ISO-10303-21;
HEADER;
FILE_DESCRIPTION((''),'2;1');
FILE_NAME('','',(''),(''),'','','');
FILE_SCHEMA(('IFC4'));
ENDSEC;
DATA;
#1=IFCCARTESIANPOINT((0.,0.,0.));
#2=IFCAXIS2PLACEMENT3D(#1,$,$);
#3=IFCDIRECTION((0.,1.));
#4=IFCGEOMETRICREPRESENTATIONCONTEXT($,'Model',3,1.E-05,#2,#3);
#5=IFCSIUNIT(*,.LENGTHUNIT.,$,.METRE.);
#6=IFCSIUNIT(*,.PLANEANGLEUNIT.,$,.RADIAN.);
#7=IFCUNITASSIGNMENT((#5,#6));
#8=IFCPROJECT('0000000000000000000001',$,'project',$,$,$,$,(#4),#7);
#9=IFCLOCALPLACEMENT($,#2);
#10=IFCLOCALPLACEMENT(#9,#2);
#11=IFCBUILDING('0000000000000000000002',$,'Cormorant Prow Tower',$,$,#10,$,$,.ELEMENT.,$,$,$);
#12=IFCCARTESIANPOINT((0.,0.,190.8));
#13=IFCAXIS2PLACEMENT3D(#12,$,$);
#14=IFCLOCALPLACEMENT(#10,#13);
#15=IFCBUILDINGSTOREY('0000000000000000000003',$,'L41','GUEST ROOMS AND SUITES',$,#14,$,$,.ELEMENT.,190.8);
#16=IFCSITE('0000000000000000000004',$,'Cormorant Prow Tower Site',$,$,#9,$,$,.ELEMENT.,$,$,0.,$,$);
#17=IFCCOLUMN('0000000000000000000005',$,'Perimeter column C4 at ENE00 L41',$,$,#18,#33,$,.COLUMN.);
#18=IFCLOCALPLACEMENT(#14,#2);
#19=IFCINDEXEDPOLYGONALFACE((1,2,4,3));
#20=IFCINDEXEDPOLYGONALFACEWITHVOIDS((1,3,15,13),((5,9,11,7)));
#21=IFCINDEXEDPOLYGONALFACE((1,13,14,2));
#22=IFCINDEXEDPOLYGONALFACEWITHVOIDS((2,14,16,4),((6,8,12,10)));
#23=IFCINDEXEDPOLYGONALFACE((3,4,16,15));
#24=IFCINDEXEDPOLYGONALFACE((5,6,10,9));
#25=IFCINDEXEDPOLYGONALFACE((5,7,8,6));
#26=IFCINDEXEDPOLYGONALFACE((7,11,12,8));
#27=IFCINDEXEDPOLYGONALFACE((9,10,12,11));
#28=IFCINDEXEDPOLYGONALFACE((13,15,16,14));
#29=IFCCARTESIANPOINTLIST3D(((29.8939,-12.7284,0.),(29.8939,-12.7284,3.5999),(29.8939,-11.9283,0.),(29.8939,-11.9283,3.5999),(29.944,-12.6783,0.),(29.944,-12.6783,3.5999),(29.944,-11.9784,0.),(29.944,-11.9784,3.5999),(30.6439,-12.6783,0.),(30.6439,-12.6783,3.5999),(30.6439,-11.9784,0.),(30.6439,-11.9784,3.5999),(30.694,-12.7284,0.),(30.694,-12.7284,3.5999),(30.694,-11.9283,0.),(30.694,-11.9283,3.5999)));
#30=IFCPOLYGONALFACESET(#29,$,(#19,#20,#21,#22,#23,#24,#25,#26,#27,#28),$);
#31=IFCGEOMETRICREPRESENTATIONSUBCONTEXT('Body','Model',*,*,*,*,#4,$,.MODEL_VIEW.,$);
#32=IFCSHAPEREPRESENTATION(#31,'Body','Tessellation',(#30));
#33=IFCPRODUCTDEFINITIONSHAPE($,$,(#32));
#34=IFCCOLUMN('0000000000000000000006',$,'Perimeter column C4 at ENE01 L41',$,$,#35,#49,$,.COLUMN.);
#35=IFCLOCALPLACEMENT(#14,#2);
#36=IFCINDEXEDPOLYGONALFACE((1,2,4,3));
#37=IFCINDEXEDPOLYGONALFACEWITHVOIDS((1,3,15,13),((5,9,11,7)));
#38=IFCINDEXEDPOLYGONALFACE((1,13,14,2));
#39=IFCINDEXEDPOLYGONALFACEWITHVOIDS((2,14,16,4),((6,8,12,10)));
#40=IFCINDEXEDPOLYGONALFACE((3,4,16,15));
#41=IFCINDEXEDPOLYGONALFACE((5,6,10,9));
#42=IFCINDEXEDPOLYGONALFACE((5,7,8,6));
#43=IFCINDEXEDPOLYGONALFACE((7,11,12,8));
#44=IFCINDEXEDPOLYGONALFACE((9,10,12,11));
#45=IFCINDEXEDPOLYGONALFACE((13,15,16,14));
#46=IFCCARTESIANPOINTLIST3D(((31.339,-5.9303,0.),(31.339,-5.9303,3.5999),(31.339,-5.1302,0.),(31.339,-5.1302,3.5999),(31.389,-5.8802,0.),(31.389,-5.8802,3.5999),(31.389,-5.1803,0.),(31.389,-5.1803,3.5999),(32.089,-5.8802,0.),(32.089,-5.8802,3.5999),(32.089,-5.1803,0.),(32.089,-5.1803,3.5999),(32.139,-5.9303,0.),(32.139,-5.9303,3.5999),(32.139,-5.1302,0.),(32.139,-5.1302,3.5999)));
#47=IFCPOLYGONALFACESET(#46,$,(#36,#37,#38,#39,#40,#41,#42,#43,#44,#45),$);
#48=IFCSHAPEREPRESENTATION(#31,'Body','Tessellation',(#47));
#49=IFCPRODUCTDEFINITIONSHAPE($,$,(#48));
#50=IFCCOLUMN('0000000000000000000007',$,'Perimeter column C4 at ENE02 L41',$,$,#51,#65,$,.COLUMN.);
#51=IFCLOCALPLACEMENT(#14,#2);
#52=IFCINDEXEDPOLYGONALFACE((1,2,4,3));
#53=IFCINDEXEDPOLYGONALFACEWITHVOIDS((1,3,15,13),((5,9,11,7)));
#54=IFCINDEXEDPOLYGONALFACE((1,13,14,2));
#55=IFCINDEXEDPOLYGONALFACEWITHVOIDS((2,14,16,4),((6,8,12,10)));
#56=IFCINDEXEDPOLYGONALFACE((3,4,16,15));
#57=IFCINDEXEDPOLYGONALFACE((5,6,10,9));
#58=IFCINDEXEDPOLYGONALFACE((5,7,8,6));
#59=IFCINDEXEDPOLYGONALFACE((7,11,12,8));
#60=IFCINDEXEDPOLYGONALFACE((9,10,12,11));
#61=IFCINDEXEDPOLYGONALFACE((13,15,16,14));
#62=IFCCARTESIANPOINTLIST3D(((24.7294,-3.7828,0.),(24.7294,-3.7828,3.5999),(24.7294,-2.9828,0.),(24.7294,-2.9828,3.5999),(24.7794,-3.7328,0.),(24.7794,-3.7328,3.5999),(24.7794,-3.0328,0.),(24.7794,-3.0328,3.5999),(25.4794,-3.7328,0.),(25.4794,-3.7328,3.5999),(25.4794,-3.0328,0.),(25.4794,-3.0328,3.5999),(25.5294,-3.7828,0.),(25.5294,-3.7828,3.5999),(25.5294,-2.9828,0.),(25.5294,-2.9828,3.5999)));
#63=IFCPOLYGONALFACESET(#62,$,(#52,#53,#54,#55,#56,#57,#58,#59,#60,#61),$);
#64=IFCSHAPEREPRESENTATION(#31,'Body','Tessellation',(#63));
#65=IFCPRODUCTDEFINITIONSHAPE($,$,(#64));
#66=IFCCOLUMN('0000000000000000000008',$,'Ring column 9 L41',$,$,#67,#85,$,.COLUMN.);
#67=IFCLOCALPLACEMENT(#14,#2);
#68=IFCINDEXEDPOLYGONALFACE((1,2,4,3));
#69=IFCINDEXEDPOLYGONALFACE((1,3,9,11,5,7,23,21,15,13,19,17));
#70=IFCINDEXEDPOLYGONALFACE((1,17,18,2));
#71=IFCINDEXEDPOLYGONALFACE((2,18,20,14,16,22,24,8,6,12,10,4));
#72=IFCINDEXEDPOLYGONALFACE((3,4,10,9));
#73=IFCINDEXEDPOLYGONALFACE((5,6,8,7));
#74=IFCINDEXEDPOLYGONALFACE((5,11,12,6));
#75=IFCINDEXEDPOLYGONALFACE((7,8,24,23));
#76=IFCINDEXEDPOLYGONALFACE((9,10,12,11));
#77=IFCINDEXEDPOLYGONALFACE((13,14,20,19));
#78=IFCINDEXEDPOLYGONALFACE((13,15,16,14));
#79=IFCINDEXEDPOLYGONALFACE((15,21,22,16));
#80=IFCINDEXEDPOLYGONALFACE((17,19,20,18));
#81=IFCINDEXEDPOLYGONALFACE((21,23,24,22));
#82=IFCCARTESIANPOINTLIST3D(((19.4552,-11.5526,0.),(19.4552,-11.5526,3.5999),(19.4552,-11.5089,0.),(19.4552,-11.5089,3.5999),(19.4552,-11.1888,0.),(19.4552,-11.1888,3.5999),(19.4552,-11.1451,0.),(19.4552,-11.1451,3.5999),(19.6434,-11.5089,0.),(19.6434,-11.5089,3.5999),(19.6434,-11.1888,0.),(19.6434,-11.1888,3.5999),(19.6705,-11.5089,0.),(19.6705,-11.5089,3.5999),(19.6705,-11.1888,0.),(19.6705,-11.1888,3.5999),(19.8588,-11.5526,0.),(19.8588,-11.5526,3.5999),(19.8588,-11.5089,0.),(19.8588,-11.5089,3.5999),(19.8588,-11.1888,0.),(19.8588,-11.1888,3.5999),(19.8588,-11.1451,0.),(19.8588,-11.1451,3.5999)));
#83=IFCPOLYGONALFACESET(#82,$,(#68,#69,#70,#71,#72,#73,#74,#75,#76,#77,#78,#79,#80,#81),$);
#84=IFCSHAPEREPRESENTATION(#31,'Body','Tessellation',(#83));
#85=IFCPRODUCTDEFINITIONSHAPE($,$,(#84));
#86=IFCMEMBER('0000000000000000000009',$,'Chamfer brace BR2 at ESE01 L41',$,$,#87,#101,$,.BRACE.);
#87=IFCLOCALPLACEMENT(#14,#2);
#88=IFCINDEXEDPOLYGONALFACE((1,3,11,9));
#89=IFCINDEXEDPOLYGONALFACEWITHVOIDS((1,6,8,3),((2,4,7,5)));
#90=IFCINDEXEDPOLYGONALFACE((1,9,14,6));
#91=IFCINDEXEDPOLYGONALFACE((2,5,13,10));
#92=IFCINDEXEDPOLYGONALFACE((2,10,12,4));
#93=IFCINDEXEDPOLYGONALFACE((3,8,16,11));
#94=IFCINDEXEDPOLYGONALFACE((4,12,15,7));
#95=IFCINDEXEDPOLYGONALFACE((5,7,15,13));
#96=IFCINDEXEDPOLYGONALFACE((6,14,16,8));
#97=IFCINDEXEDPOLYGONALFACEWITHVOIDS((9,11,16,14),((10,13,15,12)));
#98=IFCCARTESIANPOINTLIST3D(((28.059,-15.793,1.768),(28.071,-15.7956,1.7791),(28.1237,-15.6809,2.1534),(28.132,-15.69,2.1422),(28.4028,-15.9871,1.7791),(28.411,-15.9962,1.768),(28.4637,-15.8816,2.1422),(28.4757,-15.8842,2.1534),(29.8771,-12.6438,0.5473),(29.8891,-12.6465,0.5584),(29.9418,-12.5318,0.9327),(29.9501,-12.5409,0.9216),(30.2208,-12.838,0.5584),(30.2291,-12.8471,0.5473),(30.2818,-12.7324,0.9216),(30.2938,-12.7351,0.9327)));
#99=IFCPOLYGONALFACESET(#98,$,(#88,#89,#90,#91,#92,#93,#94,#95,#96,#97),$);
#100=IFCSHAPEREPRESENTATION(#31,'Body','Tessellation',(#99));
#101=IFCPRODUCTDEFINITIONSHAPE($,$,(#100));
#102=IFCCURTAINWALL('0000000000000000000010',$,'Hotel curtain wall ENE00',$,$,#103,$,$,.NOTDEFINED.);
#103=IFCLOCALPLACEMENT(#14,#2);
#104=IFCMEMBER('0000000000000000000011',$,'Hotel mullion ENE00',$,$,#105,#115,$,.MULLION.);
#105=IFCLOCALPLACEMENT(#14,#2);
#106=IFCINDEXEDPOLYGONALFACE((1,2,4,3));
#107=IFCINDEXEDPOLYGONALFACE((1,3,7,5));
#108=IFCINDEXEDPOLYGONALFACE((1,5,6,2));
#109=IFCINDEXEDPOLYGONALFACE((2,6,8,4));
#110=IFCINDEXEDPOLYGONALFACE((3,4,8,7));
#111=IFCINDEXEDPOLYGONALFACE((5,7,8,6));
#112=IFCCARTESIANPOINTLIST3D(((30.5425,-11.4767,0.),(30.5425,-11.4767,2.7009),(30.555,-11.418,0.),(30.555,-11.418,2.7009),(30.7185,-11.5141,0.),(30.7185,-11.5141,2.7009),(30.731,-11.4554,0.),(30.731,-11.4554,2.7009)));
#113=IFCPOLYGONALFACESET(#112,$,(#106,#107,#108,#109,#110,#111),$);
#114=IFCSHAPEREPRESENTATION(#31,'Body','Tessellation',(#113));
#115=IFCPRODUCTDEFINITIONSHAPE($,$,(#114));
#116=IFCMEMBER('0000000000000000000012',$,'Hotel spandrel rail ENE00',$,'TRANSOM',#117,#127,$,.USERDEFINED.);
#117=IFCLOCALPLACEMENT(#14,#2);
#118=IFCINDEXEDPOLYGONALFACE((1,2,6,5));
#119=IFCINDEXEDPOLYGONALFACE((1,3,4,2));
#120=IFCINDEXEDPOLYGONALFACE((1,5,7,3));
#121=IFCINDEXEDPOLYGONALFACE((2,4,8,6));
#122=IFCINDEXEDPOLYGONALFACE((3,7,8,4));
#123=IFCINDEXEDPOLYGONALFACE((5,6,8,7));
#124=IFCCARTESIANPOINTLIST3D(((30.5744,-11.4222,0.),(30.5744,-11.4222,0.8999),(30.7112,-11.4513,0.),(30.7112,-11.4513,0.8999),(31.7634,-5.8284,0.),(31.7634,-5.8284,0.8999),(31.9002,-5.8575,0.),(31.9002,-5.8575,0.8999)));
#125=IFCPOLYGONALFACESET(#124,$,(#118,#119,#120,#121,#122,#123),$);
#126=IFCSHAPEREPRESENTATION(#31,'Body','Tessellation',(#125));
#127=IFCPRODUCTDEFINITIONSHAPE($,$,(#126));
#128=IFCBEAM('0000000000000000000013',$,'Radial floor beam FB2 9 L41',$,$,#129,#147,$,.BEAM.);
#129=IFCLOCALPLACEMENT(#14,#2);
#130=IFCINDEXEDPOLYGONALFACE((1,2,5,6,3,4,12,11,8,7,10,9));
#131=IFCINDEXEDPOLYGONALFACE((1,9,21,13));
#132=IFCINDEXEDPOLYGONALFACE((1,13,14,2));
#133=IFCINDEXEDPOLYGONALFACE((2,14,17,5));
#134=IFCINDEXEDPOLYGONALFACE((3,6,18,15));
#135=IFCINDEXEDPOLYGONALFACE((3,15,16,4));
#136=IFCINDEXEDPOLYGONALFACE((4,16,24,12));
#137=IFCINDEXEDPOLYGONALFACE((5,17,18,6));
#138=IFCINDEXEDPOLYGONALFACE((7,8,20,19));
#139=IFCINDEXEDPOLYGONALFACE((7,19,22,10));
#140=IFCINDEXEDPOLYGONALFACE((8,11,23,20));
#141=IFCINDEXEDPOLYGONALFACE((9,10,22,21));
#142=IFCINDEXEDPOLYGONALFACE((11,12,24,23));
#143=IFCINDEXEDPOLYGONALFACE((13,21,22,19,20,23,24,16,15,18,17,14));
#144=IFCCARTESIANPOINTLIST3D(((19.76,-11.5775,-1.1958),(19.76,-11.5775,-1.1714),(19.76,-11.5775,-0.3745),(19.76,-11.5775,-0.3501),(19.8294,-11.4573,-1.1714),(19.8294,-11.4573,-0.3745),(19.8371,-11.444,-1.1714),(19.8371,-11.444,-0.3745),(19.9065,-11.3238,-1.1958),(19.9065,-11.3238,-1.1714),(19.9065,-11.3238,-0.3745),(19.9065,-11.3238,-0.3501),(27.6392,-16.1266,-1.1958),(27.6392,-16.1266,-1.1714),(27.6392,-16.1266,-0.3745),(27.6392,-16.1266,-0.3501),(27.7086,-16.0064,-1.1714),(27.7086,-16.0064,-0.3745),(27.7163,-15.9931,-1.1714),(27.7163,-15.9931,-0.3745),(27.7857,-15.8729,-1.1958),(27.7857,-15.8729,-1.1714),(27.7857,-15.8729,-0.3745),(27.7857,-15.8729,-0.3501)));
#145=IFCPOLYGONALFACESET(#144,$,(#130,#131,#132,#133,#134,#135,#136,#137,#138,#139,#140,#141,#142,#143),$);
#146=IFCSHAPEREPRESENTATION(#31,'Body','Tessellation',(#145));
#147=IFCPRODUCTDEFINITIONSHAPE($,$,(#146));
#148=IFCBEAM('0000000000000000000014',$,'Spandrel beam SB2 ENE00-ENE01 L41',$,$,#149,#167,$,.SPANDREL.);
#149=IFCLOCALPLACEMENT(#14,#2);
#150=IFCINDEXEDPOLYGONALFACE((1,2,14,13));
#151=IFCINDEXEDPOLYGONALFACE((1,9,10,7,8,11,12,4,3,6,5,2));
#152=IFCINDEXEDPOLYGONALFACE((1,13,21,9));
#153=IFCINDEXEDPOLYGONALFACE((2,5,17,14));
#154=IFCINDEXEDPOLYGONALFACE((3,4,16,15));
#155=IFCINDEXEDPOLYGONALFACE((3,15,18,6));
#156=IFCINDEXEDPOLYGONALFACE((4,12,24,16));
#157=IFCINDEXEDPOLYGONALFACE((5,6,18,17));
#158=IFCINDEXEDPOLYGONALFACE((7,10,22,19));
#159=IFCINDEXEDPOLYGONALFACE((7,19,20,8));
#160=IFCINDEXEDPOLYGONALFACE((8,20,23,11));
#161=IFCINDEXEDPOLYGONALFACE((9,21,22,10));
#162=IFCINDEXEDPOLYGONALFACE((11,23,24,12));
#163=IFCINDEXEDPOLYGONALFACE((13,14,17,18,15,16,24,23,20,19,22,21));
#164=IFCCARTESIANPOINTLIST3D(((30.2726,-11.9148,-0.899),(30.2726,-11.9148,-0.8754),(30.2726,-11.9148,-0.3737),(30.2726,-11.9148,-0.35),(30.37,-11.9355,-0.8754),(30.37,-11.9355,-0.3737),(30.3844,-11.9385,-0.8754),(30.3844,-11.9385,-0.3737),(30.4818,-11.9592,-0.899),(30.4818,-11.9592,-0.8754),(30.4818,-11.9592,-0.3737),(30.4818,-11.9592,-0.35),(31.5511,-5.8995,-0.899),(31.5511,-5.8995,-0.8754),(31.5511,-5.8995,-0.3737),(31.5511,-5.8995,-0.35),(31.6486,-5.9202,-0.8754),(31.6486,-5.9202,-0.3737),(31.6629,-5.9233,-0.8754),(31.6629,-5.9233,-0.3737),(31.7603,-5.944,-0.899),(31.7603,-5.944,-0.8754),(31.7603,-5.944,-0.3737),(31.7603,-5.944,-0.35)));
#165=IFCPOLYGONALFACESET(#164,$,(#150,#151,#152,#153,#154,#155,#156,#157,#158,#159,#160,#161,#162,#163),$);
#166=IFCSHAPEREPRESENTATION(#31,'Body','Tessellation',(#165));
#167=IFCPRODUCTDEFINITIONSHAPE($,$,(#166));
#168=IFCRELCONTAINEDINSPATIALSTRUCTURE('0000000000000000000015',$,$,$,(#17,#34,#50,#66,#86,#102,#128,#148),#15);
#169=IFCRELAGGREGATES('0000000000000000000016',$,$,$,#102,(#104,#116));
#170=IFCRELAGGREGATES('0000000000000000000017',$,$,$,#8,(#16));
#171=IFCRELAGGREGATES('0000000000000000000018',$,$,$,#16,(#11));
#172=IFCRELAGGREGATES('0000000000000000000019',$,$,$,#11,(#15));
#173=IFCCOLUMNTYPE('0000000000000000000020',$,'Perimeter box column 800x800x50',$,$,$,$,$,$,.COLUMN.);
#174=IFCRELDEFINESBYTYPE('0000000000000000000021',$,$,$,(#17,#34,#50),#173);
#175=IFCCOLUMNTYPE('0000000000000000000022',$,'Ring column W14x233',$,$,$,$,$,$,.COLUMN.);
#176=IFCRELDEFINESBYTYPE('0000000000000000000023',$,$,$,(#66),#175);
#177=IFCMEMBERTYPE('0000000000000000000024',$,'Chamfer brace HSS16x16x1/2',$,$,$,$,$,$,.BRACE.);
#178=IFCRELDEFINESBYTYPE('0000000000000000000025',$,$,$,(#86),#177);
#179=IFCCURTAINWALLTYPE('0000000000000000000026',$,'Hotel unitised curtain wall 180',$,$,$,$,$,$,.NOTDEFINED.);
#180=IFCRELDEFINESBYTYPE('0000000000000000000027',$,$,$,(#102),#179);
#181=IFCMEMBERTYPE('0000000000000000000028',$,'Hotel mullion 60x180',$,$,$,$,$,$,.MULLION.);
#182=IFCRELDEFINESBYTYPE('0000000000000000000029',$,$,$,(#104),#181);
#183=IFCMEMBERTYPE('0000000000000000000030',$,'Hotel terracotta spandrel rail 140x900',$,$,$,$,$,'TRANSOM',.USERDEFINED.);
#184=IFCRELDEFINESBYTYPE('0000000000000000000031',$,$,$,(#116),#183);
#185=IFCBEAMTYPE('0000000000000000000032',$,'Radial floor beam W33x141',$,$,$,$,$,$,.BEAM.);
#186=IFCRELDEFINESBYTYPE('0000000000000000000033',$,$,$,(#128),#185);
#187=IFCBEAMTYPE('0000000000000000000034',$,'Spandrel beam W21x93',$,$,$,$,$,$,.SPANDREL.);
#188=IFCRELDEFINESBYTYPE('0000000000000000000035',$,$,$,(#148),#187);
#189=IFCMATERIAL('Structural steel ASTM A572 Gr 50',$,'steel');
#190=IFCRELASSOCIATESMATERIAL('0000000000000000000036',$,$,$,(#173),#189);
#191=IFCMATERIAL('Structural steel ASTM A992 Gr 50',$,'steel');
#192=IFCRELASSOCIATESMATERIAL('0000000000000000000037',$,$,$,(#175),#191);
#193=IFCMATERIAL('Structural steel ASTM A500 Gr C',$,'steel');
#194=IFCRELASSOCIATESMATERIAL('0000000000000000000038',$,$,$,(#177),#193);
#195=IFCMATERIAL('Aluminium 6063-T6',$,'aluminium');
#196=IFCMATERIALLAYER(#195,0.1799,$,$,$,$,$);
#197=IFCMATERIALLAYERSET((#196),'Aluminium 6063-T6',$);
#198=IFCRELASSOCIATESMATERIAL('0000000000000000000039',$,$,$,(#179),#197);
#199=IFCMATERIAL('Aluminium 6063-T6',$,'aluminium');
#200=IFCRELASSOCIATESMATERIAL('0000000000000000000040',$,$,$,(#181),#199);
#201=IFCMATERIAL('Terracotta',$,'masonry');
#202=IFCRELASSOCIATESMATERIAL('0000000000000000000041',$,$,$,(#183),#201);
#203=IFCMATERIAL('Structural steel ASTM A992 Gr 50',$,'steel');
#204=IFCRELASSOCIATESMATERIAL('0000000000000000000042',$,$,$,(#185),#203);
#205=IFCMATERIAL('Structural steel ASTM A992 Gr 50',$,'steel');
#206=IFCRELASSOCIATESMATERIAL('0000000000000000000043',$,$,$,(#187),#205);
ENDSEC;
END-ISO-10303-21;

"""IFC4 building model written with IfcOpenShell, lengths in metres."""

from ifc_helpers import new_model, si_unit, direction, frame, origin, origin_2d, place, context, subcontext, project, spatial, rectangle, hollow_rectangle, i_section, extrude, material, layer, layer_set, material_profile, profile_set, type_object, element, aggregate, save


model = new_model("IFC4")

# Units and contexts
model_context = context("Model", 3, precision=1e-05, world=origin(), true_north=direction((0.0, 1.0)))
body_context = subcontext(model_context, "Body", "Model", "MODEL_VIEW")
ifc_project = project(units=[si_unit("LENGTHUNIT", "METRE"), si_unit("PLANEANGLEUNIT", "RADIAN")], contexts=[model_context])

# Site, building, storey
site_placement = place(None, origin())
site = spatial("IfcSite", under=ifc_project, at=site_placement, Name="Cormorant Prow Tower Site", CompositionType="ELEMENT", RefElevation=0.0)
building_placement = place(site_placement, origin())
building = spatial("IfcBuilding", under=site, at=building_placement, Name="Cormorant Prow Tower", CompositionType="ELEMENT")
storey_placement = place(building_placement, frame((0.0, 0.0, 190.8)))
storey = spatial("IfcBuildingStorey", under=building, at=storey_placement, Name="L41", Description="GUEST ROOMS AND SUITES", CompositionType="ELEMENT", Elevation=190.8)

# Columns
ifc_material_1 = material(Name="Structural steel ASTM A572 Gr 50", Category="steel")
ifc_material_profile_1 = material_profile(ifc_material_1, hollow_rectangle(XDim=0.8, YDim=0.8, WallThickness=0.05, at=origin_2d()), Name="Box 800x800x50")
ifc_profile_set_1 = profile_set([ifc_material_profile_1], Name="Structural steel ASTM A572 Gr 50")
column_type_1 = type_object("IfcColumnType", Name="Perimeter box column 800x800x50", PredefinedType="COLUMN", material=ifc_profile_set_1)
for number, where, z_axis, x_axis, name in (
    (1, (30.2939, -12.3284, 0.0), (0.0, 0.0, 1.0), (1.0, 0.0, 0.0), "Perimeter column C4 at ENE00 L41"),
    (2, (31.739, -5.5303, 0.0), (0.0, 0.0, 1.0), (1.0, 0.0, 0.0), "Perimeter column C4 at ENE01 L41"),
    (3, (25.1294, -3.3828, 0.0), (0.0, 0.0, 1.0), (1.0, 0.0, 0.0), "Perimeter column C4 at ENE02 L41"),
):
    element("IfcColumn", number, at=place(storey_placement, frame(where, z_axis=z_axis, x_axis=x_axis)), inside=storey, type_object=column_type_1, Name=name, PredefinedType="COLUMN", context=body_context, shape_type="SweptSolid", body=[
        extrude(hollow_rectangle(XDim=0.8, YDim=0.8, WallThickness=0.05, at=origin_2d()), origin(), (0.0, 0.0, 1.0), 3.5999),
    ])
ifc_material_2 = material(Name="Structural steel ASTM A992 Gr 50", Category="steel")
ifc_material_profile_2 = material_profile(ifc_material_2, i_section(OverallWidth=0.4036, OverallDepth=0.4075, WebThickness=0.0271, FlangeThickness=0.0437, at=origin_2d()), Name="W14x233")
ifc_profile_set_2 = profile_set([ifc_material_profile_2], Name="Structural steel ASTM A992 Gr 50")
column_type_2 = type_object("IfcColumnType", Name="Ring column W14x233", PredefinedType="COLUMN", material=ifc_profile_set_2)
column_placement = place(storey_placement, frame((19.657, -11.3489, 0.0), z_axis=(0.0, 0.0, 1.0), x_axis=(1.0, 0.0, 0.0)))
element("IfcColumn", 4, at=column_placement, inside=storey, type_object=column_type_2, Name="Ring column 9 L41", PredefinedType="COLUMN", context=body_context, shape_type="SweptSolid", body=[
    extrude(i_section(OverallWidth=0.4036, OverallDepth=0.4075, WebThickness=0.0271, FlangeThickness=0.0437, at=origin_2d()), origin(), (0.0, 0.0, 1.0), 3.5999),
])

# Member
ifc_material_3 = material(Name="Structural steel ASTM A500 Gr C", Category="steel")
ifc_material_profile_3 = material_profile(ifc_material_3, hollow_rectangle(XDim=0.4065, YDim=0.4065, WallThickness=0.0117, at=origin_2d()), Name="HSS16x16x1/2")
ifc_profile_set_3 = profile_set([ifc_material_profile_3], Name="Structural steel ASTM A500 Gr C")
member_type_1 = type_object("IfcMemberType", Name="Chamfer brace HSS16x16x1/2", PredefinedType="BRACE", material=ifc_profile_set_3)
member_1_placement = place(storey_placement, frame((30.0854, -12.6895, 0.74), z_axis=(-0.473993, -0.821006, 0.318244), x_axis=(0.866032, -0.499988, 0.0)))
element("IfcMember", 5, at=member_1_placement, inside=storey, type_object=member_type_1, Name="Chamfer brace BR2 at ESE01 L41", PredefinedType="BRACE", context=body_context, shape_type="SweptSolid", body=[
    extrude(hollow_rectangle(XDim=0.4065, YDim=0.4065, WallThickness=0.0117, at=origin_2d()), origin(), (0.0, 0.0, 1.0), 3.8357),
])

# Curtain wall, members
ifc_material_4 = material(Name="Aluminium 6063-T6", Category="aluminium")
ifc_layer_1 = layer(ifc_material_4, 0.1799)
ifc_layer_set_1 = layer_set([ifc_layer_1], Name="Aluminium 6063-T6")
curtain_wall_type = type_object("IfcCurtainWallType", Name="Hotel unitised curtain wall 180", PredefinedType="NOTDEFINED", material=ifc_layer_set_1)
curtain_wall_placement = place(storey_placement, origin())
curtain_wall = element("IfcCurtainWall", 6, at=curtain_wall_placement, inside=storey, type_object=curtain_wall_type, Name="Hotel curtain wall ENE00", PredefinedType="NOTDEFINED")
ifc_material_5 = material(Name="Aluminium 6063-T6", Category="aluminium")
ifc_material_profile_4 = material_profile(ifc_material_5, rectangle(XDim=0.1799, YDim=0.0601, at=origin_2d()), Name="Hotel mullion 60x180")
ifc_profile_set_4 = profile_set([ifc_material_profile_4], Name="Aluminium 6063-T6")
member_type_2 = type_object("IfcMemberType", Name="Hotel mullion 60x180", PredefinedType="MULLION", material=ifc_profile_set_4)
member_2_placement = place(storey_placement, frame((30.6367, -11.4661, 0.0), z_axis=(0.0, 0.0, 1.0), x_axis=(-0.978148, 0.207912, 0.0)))
member_2 = element("IfcMember", 7, at=member_2_placement, type_object=member_type_2, Name="Hotel mullion ENE00", PredefinedType="MULLION", context=body_context, shape_type="SweptSolid", body=[
    extrude(rectangle(XDim=0.1799, YDim=0.0601, at=origin_2d()), origin(), (0.0, 0.0, 1.0), 2.7009),
])
ifc_material_6 = material(Name="Terracotta", Category="masonry")
ifc_material_profile_5 = material_profile(ifc_material_6, rectangle(XDim=0.1399, YDim=0.8999, at=origin_2d()), Name="Hotel terracotta spandrel rail 140x900")
ifc_profile_set_5 = profile_set([ifc_material_profile_5], Name="Terracotta")
member_type_3 = type_object("IfcMemberType", Name="Hotel terracotta spandrel rail 140x900", ElementType="TRANSOM", PredefinedType="USERDEFINED", material=ifc_profile_set_5)
member_3_placement = place(storey_placement, frame((30.6428, -11.4368, 0.45), z_axis=(0.207908, 0.978148, 0.0), x_axis=(-0.978148, 0.207908, 0.0)))
member_3 = element("IfcMember", 8, at=member_3_placement, type_object=member_type_3, Name="Hotel spandrel rail ENE00", ObjectType="TRANSOM", PredefinedType="USERDEFINED", context=body_context, shape_type="SweptSolid", body=[
    extrude(rectangle(XDim=0.1399, YDim=0.8999, at=origin_2d()), origin(), (0.0, 0.0, 1.0), 5.7188),
])

# Beams
ifc_material_7 = material(Name="Structural steel ASTM A992 Gr 50", Category="steel")
ifc_material_profile_6 = material_profile(ifc_material_7, i_section(OverallWidth=0.293, OverallDepth=0.8457, WebThickness=0.0154, FlangeThickness=0.0244, at=origin_2d()), Name="W33x141")
ifc_profile_set_6 = profile_set([ifc_material_profile_6], Name="Structural steel ASTM A992 Gr 50")
beam_type_1 = type_object("IfcBeamType", Name="Radial floor beam W33x141", PredefinedType="BEAM", material=ifc_profile_set_6)
beam_1_placement = place(storey_placement, frame((19.8333, -11.4507, -0.7729), z_axis=(0.866023, -0.500004, 0.0), x_axis=(0.500004, 0.866023, 0.0)))
element("IfcBeam", 9, at=beam_1_placement, inside=storey, type_object=beam_type_1, Name="Radial floor beam FB2 9 L41", PredefinedType="BEAM", context=body_context, shape_type="SweptSolid", body=[
    extrude(i_section(OverallWidth=0.293, OverallDepth=0.8457, WebThickness=0.0154, FlangeThickness=0.0244, at=origin_2d()), origin(), (0.0, 0.0, 1.0), 9.0981),
])
ifc_material_8 = material(Name="Structural steel ASTM A992 Gr 50", Category="steel")
ifc_material_profile_7 = material_profile(ifc_material_8, i_section(OverallWidth=0.2139, OverallDepth=0.5491, WebThickness=0.0146, FlangeThickness=0.0237, at=origin_2d()), Name="W21x93")
ifc_profile_set_7 = profile_set([ifc_material_profile_7], Name="Structural steel ASTM A992 Gr 50")
beam_type_2 = type_object("IfcBeamType", Name="Spandrel beam W21x93", PredefinedType="SPANDREL", material=ifc_profile_set_7)
beam_2_placement = place(storey_placement, frame((30.3772, -11.937, -0.6245), z_axis=(0.207905, 0.978149, 0.0), x_axis=(-0.978149, 0.207905, 0.0)))
element("IfcBeam", 10, at=beam_2_placement, inside=storey, type_object=beam_type_2, Name="Spandrel beam SB2 ENE00-ENE01 L41", PredefinedType="SPANDREL", context=body_context, shape_type="SweptSolid", body=[
    extrude(i_section(OverallWidth=0.2139, OverallDepth=0.5491, WebThickness=0.0146, FlangeThickness=0.0237, at=origin_2d()), origin(), (0.0, 0.0, 1.0), 6.1497),
])

aggregate(curtain_wall, [member_2, member_3])

save(model, "model.ifc")
